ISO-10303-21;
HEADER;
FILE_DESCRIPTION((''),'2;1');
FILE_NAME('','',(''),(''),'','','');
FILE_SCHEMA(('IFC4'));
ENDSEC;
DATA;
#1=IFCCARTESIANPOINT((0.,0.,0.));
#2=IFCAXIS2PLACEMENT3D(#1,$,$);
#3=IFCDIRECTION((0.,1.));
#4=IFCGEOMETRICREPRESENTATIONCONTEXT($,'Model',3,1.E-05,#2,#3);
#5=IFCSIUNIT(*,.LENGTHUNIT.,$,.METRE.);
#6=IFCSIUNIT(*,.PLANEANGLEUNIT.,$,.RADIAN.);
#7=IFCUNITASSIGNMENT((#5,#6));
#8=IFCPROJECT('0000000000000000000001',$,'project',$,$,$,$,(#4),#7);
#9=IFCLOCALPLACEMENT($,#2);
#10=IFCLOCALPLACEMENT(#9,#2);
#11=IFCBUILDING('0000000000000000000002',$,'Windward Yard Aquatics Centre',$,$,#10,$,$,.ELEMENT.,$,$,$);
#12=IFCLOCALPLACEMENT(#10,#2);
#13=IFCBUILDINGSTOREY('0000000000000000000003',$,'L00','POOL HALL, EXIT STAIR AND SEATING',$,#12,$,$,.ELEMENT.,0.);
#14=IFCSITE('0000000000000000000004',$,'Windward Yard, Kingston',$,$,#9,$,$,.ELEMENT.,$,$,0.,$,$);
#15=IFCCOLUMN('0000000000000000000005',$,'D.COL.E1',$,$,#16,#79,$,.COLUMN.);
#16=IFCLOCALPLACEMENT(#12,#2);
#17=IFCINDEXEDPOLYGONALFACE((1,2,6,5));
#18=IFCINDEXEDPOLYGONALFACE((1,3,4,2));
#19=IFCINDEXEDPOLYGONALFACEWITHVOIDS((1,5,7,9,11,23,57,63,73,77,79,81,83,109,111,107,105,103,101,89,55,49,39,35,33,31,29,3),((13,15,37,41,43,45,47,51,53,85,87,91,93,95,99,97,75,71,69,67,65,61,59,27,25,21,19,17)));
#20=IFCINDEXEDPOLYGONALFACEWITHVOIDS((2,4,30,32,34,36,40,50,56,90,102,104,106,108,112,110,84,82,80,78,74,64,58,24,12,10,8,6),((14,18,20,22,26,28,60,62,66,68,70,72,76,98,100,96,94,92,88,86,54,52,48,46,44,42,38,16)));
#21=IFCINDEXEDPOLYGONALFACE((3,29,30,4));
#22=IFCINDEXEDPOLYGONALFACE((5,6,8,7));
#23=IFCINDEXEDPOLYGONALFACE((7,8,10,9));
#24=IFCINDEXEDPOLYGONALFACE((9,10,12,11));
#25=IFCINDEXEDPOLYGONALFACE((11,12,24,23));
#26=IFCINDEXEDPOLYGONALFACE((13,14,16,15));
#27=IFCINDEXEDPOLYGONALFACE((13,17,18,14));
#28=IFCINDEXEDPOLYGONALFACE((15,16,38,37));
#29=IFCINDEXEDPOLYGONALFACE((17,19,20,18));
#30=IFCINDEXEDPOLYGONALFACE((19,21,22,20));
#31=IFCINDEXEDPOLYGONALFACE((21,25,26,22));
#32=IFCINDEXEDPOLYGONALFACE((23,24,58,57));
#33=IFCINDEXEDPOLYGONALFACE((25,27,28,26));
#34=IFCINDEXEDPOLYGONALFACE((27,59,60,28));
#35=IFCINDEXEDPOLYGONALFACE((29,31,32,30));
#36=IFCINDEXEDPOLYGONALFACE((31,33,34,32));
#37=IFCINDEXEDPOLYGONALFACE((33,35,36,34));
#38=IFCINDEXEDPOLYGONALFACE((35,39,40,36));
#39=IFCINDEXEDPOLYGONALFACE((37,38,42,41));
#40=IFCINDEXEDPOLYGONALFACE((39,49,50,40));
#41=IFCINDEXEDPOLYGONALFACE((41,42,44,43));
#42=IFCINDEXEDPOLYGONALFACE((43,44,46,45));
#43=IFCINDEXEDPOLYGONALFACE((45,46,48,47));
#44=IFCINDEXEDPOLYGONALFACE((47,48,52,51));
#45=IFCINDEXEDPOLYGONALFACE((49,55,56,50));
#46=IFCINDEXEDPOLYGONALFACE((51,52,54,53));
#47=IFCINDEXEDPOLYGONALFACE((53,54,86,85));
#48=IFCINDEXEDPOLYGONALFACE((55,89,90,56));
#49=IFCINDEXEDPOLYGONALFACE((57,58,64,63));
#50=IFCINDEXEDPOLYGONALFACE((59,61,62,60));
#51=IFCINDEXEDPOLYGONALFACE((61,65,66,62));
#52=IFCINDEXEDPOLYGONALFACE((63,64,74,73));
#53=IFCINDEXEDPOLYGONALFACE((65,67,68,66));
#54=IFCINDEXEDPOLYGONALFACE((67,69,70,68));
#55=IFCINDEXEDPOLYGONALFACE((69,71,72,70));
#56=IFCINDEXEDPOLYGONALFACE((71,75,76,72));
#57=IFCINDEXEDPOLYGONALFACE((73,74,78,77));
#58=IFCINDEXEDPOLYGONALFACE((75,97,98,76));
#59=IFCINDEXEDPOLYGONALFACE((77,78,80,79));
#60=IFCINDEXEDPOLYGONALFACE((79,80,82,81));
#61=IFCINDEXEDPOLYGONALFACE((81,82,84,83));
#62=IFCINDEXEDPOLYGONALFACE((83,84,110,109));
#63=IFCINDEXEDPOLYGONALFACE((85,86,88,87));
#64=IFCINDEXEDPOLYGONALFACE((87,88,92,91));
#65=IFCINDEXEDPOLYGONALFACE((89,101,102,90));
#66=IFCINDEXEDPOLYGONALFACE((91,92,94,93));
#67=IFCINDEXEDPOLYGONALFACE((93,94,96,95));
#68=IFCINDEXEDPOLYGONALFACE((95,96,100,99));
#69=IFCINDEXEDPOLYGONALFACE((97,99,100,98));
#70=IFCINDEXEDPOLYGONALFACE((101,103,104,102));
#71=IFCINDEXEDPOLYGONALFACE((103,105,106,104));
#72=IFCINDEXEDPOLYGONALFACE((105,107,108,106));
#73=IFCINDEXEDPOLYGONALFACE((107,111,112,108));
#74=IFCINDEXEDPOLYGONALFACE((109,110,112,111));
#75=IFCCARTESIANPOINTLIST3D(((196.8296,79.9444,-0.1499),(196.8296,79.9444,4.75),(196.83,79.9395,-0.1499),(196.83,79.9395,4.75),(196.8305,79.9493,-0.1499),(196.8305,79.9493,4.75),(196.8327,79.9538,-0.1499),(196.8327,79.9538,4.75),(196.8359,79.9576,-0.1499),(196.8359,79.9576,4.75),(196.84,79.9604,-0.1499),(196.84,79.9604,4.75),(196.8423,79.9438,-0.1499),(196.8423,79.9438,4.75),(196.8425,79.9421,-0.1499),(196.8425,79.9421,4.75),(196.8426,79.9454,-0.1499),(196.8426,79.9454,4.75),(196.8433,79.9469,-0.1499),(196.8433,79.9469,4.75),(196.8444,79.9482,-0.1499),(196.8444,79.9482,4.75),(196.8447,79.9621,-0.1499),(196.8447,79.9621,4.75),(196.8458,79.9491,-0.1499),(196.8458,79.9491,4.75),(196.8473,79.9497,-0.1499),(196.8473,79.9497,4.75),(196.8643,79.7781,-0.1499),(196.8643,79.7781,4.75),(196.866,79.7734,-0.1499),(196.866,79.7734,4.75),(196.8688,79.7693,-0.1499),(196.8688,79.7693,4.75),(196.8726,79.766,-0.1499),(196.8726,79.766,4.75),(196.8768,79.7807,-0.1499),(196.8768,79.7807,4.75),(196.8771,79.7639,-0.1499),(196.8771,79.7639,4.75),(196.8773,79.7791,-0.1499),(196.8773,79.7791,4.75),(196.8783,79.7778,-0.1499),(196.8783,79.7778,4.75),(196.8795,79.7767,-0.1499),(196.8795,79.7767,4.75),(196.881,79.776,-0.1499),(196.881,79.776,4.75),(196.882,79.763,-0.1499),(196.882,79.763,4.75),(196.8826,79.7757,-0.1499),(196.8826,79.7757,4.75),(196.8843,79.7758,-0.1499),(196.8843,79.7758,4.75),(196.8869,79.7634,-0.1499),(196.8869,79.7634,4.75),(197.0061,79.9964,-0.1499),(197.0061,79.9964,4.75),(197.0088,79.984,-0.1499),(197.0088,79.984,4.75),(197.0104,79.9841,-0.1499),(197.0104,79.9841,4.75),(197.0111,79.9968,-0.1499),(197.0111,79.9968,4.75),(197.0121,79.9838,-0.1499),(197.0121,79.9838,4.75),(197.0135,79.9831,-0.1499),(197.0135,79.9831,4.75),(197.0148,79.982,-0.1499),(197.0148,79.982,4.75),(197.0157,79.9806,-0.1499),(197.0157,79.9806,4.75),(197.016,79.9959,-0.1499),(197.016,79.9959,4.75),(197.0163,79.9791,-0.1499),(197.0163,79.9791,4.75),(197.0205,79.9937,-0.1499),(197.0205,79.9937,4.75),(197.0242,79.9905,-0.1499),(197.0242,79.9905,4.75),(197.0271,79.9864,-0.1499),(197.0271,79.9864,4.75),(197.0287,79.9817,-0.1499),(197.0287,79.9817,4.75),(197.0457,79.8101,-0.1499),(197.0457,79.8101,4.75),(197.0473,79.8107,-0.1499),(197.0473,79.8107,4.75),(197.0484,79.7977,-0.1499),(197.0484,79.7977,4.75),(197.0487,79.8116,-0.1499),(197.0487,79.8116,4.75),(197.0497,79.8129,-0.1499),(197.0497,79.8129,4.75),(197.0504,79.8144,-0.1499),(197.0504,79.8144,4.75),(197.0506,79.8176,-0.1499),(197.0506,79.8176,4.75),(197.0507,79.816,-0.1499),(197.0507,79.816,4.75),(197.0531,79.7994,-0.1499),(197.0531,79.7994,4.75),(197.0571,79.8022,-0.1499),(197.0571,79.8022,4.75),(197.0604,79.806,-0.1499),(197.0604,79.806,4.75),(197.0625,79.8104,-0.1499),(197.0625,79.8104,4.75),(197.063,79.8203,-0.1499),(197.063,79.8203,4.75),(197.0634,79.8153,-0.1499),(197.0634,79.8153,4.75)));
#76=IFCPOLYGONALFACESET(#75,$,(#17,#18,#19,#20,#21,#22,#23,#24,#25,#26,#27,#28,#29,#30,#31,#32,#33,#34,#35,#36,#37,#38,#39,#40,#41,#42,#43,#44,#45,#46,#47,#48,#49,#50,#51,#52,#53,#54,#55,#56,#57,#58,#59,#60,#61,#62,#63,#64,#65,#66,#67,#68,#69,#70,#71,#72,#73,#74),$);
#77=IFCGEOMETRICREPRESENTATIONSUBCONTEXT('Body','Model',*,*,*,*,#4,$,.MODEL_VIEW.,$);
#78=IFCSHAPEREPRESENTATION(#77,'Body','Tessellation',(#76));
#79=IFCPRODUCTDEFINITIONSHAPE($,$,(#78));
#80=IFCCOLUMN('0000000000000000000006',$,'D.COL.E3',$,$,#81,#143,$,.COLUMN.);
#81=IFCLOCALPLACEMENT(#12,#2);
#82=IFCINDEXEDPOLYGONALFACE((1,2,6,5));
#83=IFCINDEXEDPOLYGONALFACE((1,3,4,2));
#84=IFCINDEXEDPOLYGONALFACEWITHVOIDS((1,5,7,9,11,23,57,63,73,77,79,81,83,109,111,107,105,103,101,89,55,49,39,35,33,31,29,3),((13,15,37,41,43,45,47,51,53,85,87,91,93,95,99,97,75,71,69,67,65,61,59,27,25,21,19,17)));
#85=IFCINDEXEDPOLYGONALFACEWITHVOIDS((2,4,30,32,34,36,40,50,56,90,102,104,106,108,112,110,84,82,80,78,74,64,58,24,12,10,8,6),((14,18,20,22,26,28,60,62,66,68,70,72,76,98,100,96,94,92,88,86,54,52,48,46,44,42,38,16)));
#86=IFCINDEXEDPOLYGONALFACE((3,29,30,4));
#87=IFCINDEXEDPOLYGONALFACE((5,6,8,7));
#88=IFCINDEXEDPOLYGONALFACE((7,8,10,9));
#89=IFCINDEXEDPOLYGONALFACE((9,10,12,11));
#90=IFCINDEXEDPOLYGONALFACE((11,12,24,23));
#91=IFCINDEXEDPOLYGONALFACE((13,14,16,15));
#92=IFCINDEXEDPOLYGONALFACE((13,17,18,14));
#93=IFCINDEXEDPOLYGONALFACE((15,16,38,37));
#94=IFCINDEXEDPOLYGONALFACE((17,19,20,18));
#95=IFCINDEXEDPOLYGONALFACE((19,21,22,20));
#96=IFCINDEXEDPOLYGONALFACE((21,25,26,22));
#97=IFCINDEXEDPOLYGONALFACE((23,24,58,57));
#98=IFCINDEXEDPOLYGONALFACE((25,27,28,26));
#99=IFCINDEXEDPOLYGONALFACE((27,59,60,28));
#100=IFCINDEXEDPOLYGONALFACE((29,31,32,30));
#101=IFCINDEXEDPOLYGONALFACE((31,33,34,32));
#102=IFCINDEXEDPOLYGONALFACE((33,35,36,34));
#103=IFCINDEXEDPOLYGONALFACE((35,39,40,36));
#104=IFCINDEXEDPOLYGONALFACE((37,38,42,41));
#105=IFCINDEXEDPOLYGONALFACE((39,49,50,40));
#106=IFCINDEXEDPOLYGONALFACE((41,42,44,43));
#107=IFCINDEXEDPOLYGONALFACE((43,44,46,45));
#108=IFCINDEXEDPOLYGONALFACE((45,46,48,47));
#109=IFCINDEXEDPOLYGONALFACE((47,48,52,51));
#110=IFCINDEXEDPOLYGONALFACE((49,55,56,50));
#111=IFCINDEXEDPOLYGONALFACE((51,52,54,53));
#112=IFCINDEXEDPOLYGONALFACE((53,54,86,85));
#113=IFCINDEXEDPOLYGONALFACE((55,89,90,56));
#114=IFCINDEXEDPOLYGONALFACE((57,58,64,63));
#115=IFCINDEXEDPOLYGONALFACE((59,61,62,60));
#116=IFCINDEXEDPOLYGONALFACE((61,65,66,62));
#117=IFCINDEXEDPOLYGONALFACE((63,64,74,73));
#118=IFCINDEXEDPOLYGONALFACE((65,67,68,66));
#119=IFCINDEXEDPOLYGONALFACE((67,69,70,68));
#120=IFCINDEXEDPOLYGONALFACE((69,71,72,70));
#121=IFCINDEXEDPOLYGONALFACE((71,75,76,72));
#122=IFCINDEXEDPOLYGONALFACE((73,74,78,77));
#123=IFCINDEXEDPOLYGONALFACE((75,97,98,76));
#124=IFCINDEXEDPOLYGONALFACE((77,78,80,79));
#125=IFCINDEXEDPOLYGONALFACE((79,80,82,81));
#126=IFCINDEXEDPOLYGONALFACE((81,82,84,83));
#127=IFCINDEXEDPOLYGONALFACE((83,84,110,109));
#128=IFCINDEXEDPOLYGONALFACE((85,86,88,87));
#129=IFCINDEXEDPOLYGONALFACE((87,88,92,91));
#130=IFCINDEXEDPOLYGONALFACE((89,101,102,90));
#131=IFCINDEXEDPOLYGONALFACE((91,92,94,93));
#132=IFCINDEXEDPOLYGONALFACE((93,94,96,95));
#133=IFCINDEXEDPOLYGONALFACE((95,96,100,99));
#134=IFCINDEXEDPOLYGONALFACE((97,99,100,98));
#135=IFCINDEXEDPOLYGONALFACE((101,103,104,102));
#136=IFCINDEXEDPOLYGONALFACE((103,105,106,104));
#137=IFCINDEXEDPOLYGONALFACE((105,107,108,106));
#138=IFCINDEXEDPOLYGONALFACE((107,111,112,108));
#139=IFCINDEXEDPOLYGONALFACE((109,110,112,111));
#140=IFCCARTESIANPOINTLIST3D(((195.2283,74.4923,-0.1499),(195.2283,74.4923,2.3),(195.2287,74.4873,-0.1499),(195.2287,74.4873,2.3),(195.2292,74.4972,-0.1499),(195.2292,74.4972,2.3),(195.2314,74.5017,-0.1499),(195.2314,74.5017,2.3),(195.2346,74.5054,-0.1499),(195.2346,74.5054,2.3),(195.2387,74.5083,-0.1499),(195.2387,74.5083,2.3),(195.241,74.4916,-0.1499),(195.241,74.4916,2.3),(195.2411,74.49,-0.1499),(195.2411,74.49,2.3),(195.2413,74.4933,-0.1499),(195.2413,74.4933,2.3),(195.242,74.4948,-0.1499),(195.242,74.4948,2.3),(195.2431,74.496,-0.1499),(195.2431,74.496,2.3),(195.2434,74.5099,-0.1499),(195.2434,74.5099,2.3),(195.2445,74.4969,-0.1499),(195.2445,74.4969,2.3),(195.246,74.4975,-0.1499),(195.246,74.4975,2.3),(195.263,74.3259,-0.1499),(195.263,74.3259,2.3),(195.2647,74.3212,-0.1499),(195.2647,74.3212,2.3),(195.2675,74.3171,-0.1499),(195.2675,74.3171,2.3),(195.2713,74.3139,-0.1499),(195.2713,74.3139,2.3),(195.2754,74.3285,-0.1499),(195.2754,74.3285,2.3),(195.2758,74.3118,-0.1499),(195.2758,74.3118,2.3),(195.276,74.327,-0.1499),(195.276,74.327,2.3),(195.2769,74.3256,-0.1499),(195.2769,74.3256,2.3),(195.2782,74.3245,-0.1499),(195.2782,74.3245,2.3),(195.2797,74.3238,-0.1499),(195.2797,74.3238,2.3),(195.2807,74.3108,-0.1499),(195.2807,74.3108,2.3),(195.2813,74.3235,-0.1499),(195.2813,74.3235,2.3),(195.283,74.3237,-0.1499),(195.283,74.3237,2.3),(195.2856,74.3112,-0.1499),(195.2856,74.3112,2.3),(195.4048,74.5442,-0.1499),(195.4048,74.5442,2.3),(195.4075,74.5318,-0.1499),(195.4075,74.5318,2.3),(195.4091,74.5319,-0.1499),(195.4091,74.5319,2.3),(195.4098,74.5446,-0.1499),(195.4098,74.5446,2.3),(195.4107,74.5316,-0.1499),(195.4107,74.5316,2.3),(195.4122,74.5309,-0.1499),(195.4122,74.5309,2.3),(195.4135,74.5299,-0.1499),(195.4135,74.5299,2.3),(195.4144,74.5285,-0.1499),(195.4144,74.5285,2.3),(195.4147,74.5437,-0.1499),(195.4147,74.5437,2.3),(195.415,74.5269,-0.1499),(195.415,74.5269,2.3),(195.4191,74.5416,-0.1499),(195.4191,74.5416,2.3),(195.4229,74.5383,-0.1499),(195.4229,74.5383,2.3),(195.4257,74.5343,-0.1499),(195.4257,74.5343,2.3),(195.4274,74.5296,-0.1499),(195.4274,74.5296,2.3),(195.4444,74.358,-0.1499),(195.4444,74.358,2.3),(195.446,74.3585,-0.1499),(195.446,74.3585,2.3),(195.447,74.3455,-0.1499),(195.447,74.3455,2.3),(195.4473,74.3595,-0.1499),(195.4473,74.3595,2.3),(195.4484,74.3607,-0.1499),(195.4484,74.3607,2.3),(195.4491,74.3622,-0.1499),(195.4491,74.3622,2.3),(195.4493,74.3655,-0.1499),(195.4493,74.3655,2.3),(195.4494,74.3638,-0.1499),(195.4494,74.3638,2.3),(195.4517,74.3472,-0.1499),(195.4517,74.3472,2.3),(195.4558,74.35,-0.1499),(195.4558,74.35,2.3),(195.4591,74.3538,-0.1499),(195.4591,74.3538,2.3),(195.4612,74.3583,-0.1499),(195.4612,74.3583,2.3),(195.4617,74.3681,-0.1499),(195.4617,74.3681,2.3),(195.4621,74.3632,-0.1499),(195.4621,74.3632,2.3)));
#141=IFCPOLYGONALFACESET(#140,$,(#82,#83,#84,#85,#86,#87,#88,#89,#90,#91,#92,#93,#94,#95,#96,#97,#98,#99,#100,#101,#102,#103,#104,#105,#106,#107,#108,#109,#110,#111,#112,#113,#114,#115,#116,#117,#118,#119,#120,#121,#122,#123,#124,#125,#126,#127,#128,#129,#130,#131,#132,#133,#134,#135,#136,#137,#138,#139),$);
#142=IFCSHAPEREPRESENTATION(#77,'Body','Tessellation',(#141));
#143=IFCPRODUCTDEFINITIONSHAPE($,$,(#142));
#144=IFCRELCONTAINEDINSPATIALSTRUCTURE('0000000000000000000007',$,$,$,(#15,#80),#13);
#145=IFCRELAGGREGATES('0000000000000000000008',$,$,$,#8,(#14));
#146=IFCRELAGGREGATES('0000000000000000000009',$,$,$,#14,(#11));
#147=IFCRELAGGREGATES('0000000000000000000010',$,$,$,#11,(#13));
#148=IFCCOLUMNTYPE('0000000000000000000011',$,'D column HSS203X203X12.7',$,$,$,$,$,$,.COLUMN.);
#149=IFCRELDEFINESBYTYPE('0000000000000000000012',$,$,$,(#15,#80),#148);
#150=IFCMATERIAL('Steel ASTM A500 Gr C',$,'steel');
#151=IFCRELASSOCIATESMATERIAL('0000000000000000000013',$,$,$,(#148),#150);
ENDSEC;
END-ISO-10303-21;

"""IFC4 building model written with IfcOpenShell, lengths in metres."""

from ifc_helpers import new_model, si_unit, direction, frame, origin, origin_2d, place, context, subcontext, project, spatial, hollow_rectangle, extrude, material, material_profile, profile_set, type_object, element, save


model = new_model("IFC4")

# Units and contexts
model_context = context("Model", 3, precision=1e-05, world=origin(), true_north=direction((0.0, 1.0)))
body_context = subcontext(model_context, "Body", "Model", "MODEL_VIEW")
ifc_project = project(units=[si_unit("LENGTHUNIT", "METRE"), si_unit("PLANEANGLEUNIT", "RADIAN")], contexts=[model_context])

# Site, building, storey
site_placement = place(None, origin())
site = spatial("IfcSite", under=ifc_project, at=site_placement, Name="Windward Yard, Kingston", CompositionType="ELEMENT", RefElevation=0.0)
building_placement = place(site_placement, origin())
building = spatial("IfcBuilding", under=site, at=building_placement, Name="Windward Yard Aquatics Centre", CompositionType="ELEMENT")
storey_placement = place(building_placement, origin())
storey = spatial("IfcBuildingStorey", under=building, at=storey_placement, Name="L00", Description="POOL HALL, EXIT STAIR AND SEATING", CompositionType="ELEMENT", Elevation=0.0)

# Columns
ifc_material_1 = material(Name="Steel ASTM A500 Gr C", Category="steel")
ifc_material_profile_1 = material_profile(ifc_material_1, hollow_rectangle(XDim=0.2031, YDim=0.2031, WallThickness=0.0127, InnerFilletRadius=0.0063, OuterFilletRadius=0.019, at=origin_2d()), Name="HSS203X203X12.7")
ifc_profile_set_1 = profile_set([ifc_material_profile_1], Name="Steel ASTM A500 Gr C")
column_type = type_object("IfcColumnType", Name="D column HSS203X203X12.7", PredefinedType="COLUMN", material=ifc_profile_set_1)
column_1_placement = place(storey_placement, frame((196.9465, 79.8799, -0.1499), z_axis=(0.0, 0.0, 1.0), x_axis=(0.978148, 0.207912, 0.0)))
element("IfcColumn", 1, at=column_1_placement, inside=storey, type_object=column_type, Name="D.COL.E1", PredefinedType="COLUMN", context=body_context, shape_type="SweptSolid", body=[
    extrude(hollow_rectangle(XDim=0.2031, YDim=0.2031, WallThickness=0.0127, InnerFilletRadius=0.0063, OuterFilletRadius=0.019, at=origin_2d()), origin(), (0.0, 0.0, 1.0), 4.8999),
])
for number, where, z_axis, x_axis, name in (
    (2, (195.3452, 74.4277, -0.1499), (0.0, 0.0, 1.0), (0.978148, 0.207912, 0.0), "D.COL.E3"),
):
    element("IfcColumn", number, at=place(storey_placement, frame(where, z_axis=z_axis, x_axis=x_axis)), inside=storey, type_object=column_type, Name=name, PredefinedType="COLUMN", context=body_context, shape_type="SweptSolid", body=[
        extrude(hollow_rectangle(XDim=0.2031, YDim=0.2031, WallThickness=0.0127, InnerFilletRadius=0.0063, OuterFilletRadius=0.019, at=origin_2d()), origin(), (0.0, 0.0, 1.0), 2.45),
    ])

save(model, "model.ifc")
